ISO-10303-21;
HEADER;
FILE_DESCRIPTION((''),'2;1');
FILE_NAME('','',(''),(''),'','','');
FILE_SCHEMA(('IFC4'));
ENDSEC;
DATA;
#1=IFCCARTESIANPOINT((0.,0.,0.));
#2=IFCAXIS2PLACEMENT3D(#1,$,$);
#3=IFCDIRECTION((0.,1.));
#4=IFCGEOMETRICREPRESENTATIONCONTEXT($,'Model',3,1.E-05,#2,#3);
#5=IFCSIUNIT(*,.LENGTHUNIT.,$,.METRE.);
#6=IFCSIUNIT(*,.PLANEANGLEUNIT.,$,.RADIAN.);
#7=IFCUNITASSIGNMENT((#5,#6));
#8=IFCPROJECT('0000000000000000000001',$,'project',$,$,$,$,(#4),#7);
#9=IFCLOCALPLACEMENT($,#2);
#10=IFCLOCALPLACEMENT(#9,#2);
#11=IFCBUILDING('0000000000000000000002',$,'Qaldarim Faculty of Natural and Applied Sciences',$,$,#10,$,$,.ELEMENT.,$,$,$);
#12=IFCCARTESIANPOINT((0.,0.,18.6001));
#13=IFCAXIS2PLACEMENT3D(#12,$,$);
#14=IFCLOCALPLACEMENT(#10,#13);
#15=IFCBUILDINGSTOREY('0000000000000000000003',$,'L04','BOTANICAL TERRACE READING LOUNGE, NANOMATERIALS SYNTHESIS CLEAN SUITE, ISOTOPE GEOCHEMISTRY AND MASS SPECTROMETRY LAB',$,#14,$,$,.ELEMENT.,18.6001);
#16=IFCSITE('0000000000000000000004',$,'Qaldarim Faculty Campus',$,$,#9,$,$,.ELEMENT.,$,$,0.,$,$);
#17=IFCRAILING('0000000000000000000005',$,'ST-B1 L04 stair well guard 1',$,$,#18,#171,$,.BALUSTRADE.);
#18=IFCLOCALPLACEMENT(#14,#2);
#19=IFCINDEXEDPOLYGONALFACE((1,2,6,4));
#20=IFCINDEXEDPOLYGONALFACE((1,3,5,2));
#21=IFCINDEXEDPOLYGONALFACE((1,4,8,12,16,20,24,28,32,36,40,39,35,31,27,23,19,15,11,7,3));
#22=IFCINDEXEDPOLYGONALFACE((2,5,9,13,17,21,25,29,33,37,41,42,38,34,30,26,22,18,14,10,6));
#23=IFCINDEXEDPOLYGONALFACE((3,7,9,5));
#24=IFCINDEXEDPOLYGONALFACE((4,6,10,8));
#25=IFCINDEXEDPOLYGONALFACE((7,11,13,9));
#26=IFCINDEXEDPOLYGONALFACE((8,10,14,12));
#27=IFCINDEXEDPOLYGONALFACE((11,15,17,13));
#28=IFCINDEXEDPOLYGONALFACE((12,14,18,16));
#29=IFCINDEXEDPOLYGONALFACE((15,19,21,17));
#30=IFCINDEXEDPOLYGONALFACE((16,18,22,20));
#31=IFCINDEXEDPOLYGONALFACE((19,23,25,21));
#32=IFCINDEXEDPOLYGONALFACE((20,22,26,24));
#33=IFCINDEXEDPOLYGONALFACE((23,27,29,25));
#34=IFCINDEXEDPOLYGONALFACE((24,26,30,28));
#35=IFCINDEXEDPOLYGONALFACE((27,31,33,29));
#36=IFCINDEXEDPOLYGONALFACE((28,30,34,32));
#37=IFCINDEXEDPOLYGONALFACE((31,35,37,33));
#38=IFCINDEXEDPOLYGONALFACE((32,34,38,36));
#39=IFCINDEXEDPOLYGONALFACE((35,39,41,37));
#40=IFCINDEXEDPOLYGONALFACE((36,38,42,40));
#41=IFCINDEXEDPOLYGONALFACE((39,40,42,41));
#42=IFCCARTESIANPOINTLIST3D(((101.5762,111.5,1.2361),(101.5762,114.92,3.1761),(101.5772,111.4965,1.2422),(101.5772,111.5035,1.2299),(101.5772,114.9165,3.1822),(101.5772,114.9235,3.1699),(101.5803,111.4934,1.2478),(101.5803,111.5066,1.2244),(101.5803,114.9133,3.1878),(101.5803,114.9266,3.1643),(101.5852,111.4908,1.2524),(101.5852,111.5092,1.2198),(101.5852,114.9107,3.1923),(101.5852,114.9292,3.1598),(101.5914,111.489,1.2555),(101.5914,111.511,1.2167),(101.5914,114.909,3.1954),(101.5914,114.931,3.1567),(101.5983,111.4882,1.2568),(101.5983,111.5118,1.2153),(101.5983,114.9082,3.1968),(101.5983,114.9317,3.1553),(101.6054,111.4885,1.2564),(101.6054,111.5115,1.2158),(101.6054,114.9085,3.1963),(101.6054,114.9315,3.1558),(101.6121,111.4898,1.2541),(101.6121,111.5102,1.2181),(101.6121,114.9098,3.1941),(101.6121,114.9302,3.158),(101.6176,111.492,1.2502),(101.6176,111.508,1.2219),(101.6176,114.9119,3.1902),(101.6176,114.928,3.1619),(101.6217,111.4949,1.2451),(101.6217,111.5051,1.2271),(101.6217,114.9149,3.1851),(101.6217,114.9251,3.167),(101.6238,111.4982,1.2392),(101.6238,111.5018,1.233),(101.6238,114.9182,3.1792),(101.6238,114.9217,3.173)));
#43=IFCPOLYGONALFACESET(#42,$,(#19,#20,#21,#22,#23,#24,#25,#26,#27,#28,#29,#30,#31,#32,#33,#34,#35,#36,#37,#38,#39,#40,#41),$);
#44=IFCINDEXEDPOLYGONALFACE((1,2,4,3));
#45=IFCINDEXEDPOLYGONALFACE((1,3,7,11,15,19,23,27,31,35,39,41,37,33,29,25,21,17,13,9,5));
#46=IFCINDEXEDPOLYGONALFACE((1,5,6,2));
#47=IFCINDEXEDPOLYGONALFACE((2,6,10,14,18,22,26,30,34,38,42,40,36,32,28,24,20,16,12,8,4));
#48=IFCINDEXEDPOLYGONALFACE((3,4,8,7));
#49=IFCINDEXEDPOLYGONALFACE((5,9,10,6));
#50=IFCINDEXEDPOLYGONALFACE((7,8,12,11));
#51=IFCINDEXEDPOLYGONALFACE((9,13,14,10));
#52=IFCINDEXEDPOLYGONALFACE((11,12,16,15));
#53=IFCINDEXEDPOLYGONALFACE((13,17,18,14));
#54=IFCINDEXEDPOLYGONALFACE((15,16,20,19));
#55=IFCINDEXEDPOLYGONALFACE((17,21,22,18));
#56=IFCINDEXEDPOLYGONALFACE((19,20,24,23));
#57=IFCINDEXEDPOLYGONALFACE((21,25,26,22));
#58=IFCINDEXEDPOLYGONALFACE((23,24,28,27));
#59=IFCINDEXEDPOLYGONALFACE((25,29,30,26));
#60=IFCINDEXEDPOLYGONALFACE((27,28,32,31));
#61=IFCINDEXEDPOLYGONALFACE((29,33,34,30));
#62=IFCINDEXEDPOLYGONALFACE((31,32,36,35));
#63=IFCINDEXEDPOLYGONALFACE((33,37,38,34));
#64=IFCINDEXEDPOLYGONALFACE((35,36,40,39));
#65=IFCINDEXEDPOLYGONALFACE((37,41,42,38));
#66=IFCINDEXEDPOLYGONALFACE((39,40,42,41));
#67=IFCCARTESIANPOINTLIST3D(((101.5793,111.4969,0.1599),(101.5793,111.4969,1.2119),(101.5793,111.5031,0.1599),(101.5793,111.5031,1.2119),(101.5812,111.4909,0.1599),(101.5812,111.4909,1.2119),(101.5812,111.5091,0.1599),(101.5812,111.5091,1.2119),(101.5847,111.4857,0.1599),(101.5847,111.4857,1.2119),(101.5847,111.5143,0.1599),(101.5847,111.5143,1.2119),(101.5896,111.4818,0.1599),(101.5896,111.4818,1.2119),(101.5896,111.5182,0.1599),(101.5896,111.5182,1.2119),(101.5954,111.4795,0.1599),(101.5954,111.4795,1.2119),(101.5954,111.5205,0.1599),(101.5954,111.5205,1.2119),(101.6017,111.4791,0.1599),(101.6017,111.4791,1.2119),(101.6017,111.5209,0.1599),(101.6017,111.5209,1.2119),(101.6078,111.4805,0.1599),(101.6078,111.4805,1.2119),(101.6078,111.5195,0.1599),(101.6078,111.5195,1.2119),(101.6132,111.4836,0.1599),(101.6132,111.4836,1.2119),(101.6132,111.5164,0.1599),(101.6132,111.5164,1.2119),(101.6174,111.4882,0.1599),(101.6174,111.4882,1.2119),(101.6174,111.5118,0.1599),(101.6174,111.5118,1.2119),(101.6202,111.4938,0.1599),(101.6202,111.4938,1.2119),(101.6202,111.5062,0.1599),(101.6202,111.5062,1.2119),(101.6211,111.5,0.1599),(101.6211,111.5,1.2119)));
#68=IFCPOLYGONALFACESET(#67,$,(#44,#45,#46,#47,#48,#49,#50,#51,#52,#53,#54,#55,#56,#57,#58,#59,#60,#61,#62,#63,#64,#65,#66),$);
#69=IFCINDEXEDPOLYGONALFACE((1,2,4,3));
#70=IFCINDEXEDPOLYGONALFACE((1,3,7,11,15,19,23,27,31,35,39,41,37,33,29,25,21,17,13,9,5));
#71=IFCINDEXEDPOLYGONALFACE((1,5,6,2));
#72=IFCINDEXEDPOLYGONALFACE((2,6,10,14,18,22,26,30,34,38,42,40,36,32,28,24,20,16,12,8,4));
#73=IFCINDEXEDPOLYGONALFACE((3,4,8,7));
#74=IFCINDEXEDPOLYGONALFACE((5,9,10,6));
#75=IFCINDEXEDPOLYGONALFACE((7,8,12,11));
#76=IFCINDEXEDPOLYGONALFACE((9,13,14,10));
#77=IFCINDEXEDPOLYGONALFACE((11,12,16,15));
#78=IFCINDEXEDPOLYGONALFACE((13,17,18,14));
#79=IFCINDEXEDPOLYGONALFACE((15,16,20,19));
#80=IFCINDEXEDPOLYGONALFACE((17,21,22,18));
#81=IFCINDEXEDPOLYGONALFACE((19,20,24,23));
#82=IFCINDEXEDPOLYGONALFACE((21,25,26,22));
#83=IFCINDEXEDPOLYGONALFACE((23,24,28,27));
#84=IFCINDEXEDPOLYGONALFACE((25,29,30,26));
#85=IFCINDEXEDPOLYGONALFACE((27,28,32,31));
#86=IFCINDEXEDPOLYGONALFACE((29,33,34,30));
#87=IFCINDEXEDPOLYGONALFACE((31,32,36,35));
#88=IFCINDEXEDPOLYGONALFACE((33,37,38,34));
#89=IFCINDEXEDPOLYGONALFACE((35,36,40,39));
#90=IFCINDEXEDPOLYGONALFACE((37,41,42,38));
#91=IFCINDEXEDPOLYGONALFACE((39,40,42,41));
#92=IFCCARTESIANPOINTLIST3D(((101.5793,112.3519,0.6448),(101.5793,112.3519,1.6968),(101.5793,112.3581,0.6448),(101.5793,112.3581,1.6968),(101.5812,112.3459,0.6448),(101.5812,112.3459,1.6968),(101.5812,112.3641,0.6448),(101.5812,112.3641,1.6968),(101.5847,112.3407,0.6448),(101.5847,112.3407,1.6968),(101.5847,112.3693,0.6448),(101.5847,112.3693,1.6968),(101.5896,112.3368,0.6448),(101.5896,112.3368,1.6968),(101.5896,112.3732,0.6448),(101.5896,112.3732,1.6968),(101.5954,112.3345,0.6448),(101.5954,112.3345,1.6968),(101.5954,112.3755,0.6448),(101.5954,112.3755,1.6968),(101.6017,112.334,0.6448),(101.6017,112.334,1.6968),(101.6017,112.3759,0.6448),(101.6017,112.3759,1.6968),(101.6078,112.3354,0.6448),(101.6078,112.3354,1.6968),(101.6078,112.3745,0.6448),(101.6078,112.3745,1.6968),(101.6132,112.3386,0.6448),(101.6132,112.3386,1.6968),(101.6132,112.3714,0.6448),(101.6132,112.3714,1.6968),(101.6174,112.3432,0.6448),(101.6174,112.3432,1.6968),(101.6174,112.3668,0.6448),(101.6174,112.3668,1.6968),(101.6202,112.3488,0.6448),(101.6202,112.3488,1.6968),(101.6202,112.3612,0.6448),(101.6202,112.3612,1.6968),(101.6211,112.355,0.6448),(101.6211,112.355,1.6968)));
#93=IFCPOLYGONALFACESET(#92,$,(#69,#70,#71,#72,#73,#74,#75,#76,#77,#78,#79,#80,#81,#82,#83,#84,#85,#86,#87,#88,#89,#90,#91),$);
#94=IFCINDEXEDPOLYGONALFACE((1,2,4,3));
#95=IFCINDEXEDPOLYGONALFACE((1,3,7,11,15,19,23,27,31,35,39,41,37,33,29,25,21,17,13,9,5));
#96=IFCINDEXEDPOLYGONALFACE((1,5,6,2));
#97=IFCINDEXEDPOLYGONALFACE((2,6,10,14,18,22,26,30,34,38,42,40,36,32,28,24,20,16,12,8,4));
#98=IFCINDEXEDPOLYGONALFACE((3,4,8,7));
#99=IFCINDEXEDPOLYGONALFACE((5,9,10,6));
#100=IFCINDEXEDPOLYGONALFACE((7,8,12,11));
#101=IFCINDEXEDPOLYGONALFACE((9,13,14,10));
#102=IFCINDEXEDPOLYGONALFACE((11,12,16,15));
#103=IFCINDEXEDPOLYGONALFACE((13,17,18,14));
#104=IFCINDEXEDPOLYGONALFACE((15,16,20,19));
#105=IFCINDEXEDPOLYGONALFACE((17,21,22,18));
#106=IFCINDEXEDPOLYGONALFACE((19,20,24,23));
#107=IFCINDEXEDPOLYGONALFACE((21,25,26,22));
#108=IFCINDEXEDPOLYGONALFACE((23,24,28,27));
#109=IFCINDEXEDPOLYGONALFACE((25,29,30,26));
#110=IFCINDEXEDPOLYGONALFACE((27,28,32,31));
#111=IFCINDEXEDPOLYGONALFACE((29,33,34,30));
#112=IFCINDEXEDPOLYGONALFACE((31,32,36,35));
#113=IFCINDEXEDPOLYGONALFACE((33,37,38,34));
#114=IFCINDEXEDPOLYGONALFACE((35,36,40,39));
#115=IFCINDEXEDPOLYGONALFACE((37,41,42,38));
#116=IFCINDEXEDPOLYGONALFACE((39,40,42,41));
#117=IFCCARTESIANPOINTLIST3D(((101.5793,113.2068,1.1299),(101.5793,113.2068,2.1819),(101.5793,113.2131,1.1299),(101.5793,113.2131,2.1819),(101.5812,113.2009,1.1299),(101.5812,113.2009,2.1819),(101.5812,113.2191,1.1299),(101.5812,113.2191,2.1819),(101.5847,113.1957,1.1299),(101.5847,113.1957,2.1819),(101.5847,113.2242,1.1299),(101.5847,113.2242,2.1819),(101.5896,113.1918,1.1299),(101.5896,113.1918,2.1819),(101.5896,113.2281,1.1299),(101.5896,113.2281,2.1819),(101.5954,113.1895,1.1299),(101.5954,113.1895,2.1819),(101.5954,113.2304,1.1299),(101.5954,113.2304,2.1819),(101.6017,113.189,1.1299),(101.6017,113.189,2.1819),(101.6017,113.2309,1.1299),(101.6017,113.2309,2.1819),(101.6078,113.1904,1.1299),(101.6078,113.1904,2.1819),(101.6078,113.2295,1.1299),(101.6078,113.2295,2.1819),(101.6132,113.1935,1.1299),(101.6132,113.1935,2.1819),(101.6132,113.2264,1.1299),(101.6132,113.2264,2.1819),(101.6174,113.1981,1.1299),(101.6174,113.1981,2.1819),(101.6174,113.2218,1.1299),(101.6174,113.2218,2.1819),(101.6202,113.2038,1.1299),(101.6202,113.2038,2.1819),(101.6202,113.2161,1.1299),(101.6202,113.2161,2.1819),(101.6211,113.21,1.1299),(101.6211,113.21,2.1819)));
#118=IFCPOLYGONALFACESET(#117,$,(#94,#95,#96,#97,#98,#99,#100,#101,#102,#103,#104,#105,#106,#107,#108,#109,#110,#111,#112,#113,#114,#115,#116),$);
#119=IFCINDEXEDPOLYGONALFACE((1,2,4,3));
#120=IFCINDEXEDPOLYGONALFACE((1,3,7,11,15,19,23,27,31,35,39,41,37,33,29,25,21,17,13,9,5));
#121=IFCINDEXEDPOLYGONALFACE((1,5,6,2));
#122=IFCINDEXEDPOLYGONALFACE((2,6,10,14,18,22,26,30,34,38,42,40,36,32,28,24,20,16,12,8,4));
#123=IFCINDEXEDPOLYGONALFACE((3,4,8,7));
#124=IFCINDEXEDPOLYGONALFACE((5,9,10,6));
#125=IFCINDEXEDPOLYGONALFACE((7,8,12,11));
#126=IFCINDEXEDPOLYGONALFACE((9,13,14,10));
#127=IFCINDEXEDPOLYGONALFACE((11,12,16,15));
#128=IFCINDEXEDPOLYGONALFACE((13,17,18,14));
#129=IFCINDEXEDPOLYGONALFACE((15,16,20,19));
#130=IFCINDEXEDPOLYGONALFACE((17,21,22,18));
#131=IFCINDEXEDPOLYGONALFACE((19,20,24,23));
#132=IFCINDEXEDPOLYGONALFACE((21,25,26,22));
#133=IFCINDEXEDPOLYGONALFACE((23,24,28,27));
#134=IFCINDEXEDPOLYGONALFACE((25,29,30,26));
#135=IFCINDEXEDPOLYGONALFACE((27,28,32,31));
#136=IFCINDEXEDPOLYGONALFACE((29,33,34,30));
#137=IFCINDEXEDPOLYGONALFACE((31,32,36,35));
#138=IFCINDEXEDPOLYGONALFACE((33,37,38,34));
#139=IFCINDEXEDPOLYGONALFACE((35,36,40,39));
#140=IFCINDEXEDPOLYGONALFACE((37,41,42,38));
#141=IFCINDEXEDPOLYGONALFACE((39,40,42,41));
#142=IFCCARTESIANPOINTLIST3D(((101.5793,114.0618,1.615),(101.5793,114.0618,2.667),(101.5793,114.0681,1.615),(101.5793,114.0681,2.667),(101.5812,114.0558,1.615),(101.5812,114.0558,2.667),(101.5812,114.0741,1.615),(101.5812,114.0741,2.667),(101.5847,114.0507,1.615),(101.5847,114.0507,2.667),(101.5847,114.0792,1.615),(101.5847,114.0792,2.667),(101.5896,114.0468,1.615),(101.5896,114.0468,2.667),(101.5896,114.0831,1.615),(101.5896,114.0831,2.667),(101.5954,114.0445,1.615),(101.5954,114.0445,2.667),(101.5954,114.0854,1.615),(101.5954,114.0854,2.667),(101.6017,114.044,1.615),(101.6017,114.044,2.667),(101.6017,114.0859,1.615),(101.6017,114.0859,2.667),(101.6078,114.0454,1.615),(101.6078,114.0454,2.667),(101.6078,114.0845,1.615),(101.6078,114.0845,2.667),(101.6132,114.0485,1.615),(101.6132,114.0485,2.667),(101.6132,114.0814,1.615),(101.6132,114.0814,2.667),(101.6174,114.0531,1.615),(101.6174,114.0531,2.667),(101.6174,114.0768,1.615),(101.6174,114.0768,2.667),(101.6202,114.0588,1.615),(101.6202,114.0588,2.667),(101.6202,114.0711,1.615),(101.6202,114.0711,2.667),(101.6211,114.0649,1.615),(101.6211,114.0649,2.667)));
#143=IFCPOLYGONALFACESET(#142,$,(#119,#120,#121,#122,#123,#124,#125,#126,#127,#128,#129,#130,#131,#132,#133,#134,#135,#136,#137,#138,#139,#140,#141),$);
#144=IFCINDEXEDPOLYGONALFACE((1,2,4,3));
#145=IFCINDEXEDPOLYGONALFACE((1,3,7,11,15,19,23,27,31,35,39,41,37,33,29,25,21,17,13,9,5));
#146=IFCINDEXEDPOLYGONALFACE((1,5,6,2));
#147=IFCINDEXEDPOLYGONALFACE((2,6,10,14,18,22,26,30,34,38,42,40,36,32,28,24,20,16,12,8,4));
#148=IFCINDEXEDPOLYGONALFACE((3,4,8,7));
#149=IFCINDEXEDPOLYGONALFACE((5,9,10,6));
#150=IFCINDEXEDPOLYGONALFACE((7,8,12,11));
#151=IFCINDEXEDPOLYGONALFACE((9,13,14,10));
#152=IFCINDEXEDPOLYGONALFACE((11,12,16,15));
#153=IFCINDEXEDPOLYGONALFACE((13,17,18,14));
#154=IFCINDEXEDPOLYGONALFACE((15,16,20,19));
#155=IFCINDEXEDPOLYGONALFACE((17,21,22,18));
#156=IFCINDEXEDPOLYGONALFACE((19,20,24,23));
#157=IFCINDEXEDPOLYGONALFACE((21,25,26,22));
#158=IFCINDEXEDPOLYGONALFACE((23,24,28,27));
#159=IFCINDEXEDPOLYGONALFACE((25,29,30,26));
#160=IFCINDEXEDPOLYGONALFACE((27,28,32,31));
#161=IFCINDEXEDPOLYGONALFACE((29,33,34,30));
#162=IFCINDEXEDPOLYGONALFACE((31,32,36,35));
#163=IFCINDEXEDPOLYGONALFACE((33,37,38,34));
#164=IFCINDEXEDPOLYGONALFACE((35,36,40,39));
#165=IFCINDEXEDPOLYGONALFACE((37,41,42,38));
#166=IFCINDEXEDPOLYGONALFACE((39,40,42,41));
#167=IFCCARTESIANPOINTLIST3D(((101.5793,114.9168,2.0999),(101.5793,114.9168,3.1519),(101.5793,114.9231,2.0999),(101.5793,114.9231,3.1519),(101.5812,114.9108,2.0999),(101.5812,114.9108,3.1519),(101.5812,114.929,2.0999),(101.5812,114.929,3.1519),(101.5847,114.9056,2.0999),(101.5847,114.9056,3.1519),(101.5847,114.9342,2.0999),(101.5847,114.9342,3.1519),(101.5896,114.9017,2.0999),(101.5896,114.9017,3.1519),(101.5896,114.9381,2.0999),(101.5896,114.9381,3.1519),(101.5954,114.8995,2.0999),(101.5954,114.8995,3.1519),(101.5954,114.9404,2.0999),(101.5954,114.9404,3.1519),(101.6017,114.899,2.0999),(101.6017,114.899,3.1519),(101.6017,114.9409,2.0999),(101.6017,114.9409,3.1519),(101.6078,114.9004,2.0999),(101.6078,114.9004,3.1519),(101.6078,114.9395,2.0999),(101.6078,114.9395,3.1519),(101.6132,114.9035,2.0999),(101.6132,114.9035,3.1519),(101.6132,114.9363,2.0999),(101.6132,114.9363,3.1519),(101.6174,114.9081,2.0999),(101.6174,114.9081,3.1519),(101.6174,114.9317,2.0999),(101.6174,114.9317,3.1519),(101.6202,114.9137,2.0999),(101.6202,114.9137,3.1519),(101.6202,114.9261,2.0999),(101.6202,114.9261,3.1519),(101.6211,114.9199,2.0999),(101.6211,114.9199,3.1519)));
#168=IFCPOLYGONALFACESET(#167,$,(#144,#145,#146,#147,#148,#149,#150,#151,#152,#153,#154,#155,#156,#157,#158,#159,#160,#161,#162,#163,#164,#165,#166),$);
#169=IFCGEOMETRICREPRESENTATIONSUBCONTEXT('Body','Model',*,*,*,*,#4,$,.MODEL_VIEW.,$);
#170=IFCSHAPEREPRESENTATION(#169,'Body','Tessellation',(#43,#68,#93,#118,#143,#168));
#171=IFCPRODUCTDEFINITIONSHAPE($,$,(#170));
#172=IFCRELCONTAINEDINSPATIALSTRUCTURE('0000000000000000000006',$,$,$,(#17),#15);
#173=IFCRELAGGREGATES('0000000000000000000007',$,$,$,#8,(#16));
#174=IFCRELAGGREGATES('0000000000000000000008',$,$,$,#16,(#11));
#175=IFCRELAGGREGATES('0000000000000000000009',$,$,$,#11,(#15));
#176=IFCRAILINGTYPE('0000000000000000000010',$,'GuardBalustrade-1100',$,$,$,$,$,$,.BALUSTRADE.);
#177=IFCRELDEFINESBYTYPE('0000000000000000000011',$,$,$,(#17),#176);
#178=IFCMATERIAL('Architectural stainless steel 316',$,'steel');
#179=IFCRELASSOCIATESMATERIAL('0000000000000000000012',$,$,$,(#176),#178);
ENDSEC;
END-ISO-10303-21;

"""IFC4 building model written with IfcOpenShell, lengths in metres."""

from ifc_helpers import new_model, si_unit, direction, frame, origin, origin_2d, place, context, subcontext, project, spatial, circle, extrude, material, type_object, element, save


model = new_model("IFC4")

# Units and contexts
model_context = context("Model", 3, precision=1e-05, world=origin(), true_north=direction((0.0, 1.0)))
body_context = subcontext(model_context, "Body", "Model", "MODEL_VIEW")
ifc_project = project(units=[si_unit("LENGTHUNIT", "METRE"), si_unit("PLANEANGLEUNIT", "RADIAN")], contexts=[model_context])

# Site, building, storey
site_placement = place(None, origin())
site = spatial("IfcSite", under=ifc_project, at=site_placement, Name="Qaldarim Faculty Campus", CompositionType="ELEMENT", RefElevation=0.0)
building_placement = place(site_placement, origin())
building = spatial("IfcBuilding", under=site, at=building_placement, Name="Qaldarim Faculty of Natural and Applied Sciences", CompositionType="ELEMENT")
storey_placement = place(building_placement, frame((0.0, 0.0, 18.6001)))
storey = spatial("IfcBuildingStorey", under=building, at=storey_placement, Name="L04", Description="BOTANICAL TERRACE READING LOUNGE, NANOMATERIALS SYNTHESIS CLEAN SUITE, ISOTOPE GEOCHEMISTRY AND MASS SPECTROMETRY LAB", CompositionType="ELEMENT", Elevation=18.6001)

# Shared definitions
ifc_material_1 = material(Name="Architectural stainless steel 316", Category="steel")

# Railing
railing_type_1 = type_object("IfcRailingType", Name="GuardBalustrade-1100", PredefinedType="BALUSTRADE", material=ifc_material_1)
railing_1_placement = place(storey_placement, frame((101.6001, 111.5, 0.1599)))
element("IfcRailing", 1, at=railing_1_placement, inside=storey, type_object=railing_type_1, Name="ST-B1 L04 stair well guard 1", PredefinedType="BALUSTRADE", context=body_context, shape_type="SweptSolid", body=[
    extrude(circle(Radius=0.0239, at=origin_2d()), frame((0.0, 0.0, 1.0762), z_axis=(0.0, 0.869805, 0.493395), x_axis=(-1.0, 0.0, 0.0)), (0.0, 0.0, 1.0), 3.9319),
    extrude(circle(Radius=0.021, at=origin_2d()), origin(), (0.0, 0.0, 1.0), 1.052),
    extrude(circle(Radius=0.021, at=origin_2d()), frame((0.0, 0.855, 0.4849)), (0.0, 0.0, 1.0), 1.052),
    extrude(circle(Radius=0.021, at=origin_2d()), frame((0.0, 1.71, 0.97)), (0.0, 0.0, 1.0), 1.052),
    extrude(circle(Radius=0.021, at=origin_2d()), frame((0.0, 2.5649, 1.4551)), (0.0, 0.0, 1.0), 1.052),
    extrude(circle(Radius=0.021, at=origin_2d()), frame((0.0, 3.4199, 1.9399)), (0.0, 0.0, 1.0), 1.052),
])

save(model, "model.ifc")
